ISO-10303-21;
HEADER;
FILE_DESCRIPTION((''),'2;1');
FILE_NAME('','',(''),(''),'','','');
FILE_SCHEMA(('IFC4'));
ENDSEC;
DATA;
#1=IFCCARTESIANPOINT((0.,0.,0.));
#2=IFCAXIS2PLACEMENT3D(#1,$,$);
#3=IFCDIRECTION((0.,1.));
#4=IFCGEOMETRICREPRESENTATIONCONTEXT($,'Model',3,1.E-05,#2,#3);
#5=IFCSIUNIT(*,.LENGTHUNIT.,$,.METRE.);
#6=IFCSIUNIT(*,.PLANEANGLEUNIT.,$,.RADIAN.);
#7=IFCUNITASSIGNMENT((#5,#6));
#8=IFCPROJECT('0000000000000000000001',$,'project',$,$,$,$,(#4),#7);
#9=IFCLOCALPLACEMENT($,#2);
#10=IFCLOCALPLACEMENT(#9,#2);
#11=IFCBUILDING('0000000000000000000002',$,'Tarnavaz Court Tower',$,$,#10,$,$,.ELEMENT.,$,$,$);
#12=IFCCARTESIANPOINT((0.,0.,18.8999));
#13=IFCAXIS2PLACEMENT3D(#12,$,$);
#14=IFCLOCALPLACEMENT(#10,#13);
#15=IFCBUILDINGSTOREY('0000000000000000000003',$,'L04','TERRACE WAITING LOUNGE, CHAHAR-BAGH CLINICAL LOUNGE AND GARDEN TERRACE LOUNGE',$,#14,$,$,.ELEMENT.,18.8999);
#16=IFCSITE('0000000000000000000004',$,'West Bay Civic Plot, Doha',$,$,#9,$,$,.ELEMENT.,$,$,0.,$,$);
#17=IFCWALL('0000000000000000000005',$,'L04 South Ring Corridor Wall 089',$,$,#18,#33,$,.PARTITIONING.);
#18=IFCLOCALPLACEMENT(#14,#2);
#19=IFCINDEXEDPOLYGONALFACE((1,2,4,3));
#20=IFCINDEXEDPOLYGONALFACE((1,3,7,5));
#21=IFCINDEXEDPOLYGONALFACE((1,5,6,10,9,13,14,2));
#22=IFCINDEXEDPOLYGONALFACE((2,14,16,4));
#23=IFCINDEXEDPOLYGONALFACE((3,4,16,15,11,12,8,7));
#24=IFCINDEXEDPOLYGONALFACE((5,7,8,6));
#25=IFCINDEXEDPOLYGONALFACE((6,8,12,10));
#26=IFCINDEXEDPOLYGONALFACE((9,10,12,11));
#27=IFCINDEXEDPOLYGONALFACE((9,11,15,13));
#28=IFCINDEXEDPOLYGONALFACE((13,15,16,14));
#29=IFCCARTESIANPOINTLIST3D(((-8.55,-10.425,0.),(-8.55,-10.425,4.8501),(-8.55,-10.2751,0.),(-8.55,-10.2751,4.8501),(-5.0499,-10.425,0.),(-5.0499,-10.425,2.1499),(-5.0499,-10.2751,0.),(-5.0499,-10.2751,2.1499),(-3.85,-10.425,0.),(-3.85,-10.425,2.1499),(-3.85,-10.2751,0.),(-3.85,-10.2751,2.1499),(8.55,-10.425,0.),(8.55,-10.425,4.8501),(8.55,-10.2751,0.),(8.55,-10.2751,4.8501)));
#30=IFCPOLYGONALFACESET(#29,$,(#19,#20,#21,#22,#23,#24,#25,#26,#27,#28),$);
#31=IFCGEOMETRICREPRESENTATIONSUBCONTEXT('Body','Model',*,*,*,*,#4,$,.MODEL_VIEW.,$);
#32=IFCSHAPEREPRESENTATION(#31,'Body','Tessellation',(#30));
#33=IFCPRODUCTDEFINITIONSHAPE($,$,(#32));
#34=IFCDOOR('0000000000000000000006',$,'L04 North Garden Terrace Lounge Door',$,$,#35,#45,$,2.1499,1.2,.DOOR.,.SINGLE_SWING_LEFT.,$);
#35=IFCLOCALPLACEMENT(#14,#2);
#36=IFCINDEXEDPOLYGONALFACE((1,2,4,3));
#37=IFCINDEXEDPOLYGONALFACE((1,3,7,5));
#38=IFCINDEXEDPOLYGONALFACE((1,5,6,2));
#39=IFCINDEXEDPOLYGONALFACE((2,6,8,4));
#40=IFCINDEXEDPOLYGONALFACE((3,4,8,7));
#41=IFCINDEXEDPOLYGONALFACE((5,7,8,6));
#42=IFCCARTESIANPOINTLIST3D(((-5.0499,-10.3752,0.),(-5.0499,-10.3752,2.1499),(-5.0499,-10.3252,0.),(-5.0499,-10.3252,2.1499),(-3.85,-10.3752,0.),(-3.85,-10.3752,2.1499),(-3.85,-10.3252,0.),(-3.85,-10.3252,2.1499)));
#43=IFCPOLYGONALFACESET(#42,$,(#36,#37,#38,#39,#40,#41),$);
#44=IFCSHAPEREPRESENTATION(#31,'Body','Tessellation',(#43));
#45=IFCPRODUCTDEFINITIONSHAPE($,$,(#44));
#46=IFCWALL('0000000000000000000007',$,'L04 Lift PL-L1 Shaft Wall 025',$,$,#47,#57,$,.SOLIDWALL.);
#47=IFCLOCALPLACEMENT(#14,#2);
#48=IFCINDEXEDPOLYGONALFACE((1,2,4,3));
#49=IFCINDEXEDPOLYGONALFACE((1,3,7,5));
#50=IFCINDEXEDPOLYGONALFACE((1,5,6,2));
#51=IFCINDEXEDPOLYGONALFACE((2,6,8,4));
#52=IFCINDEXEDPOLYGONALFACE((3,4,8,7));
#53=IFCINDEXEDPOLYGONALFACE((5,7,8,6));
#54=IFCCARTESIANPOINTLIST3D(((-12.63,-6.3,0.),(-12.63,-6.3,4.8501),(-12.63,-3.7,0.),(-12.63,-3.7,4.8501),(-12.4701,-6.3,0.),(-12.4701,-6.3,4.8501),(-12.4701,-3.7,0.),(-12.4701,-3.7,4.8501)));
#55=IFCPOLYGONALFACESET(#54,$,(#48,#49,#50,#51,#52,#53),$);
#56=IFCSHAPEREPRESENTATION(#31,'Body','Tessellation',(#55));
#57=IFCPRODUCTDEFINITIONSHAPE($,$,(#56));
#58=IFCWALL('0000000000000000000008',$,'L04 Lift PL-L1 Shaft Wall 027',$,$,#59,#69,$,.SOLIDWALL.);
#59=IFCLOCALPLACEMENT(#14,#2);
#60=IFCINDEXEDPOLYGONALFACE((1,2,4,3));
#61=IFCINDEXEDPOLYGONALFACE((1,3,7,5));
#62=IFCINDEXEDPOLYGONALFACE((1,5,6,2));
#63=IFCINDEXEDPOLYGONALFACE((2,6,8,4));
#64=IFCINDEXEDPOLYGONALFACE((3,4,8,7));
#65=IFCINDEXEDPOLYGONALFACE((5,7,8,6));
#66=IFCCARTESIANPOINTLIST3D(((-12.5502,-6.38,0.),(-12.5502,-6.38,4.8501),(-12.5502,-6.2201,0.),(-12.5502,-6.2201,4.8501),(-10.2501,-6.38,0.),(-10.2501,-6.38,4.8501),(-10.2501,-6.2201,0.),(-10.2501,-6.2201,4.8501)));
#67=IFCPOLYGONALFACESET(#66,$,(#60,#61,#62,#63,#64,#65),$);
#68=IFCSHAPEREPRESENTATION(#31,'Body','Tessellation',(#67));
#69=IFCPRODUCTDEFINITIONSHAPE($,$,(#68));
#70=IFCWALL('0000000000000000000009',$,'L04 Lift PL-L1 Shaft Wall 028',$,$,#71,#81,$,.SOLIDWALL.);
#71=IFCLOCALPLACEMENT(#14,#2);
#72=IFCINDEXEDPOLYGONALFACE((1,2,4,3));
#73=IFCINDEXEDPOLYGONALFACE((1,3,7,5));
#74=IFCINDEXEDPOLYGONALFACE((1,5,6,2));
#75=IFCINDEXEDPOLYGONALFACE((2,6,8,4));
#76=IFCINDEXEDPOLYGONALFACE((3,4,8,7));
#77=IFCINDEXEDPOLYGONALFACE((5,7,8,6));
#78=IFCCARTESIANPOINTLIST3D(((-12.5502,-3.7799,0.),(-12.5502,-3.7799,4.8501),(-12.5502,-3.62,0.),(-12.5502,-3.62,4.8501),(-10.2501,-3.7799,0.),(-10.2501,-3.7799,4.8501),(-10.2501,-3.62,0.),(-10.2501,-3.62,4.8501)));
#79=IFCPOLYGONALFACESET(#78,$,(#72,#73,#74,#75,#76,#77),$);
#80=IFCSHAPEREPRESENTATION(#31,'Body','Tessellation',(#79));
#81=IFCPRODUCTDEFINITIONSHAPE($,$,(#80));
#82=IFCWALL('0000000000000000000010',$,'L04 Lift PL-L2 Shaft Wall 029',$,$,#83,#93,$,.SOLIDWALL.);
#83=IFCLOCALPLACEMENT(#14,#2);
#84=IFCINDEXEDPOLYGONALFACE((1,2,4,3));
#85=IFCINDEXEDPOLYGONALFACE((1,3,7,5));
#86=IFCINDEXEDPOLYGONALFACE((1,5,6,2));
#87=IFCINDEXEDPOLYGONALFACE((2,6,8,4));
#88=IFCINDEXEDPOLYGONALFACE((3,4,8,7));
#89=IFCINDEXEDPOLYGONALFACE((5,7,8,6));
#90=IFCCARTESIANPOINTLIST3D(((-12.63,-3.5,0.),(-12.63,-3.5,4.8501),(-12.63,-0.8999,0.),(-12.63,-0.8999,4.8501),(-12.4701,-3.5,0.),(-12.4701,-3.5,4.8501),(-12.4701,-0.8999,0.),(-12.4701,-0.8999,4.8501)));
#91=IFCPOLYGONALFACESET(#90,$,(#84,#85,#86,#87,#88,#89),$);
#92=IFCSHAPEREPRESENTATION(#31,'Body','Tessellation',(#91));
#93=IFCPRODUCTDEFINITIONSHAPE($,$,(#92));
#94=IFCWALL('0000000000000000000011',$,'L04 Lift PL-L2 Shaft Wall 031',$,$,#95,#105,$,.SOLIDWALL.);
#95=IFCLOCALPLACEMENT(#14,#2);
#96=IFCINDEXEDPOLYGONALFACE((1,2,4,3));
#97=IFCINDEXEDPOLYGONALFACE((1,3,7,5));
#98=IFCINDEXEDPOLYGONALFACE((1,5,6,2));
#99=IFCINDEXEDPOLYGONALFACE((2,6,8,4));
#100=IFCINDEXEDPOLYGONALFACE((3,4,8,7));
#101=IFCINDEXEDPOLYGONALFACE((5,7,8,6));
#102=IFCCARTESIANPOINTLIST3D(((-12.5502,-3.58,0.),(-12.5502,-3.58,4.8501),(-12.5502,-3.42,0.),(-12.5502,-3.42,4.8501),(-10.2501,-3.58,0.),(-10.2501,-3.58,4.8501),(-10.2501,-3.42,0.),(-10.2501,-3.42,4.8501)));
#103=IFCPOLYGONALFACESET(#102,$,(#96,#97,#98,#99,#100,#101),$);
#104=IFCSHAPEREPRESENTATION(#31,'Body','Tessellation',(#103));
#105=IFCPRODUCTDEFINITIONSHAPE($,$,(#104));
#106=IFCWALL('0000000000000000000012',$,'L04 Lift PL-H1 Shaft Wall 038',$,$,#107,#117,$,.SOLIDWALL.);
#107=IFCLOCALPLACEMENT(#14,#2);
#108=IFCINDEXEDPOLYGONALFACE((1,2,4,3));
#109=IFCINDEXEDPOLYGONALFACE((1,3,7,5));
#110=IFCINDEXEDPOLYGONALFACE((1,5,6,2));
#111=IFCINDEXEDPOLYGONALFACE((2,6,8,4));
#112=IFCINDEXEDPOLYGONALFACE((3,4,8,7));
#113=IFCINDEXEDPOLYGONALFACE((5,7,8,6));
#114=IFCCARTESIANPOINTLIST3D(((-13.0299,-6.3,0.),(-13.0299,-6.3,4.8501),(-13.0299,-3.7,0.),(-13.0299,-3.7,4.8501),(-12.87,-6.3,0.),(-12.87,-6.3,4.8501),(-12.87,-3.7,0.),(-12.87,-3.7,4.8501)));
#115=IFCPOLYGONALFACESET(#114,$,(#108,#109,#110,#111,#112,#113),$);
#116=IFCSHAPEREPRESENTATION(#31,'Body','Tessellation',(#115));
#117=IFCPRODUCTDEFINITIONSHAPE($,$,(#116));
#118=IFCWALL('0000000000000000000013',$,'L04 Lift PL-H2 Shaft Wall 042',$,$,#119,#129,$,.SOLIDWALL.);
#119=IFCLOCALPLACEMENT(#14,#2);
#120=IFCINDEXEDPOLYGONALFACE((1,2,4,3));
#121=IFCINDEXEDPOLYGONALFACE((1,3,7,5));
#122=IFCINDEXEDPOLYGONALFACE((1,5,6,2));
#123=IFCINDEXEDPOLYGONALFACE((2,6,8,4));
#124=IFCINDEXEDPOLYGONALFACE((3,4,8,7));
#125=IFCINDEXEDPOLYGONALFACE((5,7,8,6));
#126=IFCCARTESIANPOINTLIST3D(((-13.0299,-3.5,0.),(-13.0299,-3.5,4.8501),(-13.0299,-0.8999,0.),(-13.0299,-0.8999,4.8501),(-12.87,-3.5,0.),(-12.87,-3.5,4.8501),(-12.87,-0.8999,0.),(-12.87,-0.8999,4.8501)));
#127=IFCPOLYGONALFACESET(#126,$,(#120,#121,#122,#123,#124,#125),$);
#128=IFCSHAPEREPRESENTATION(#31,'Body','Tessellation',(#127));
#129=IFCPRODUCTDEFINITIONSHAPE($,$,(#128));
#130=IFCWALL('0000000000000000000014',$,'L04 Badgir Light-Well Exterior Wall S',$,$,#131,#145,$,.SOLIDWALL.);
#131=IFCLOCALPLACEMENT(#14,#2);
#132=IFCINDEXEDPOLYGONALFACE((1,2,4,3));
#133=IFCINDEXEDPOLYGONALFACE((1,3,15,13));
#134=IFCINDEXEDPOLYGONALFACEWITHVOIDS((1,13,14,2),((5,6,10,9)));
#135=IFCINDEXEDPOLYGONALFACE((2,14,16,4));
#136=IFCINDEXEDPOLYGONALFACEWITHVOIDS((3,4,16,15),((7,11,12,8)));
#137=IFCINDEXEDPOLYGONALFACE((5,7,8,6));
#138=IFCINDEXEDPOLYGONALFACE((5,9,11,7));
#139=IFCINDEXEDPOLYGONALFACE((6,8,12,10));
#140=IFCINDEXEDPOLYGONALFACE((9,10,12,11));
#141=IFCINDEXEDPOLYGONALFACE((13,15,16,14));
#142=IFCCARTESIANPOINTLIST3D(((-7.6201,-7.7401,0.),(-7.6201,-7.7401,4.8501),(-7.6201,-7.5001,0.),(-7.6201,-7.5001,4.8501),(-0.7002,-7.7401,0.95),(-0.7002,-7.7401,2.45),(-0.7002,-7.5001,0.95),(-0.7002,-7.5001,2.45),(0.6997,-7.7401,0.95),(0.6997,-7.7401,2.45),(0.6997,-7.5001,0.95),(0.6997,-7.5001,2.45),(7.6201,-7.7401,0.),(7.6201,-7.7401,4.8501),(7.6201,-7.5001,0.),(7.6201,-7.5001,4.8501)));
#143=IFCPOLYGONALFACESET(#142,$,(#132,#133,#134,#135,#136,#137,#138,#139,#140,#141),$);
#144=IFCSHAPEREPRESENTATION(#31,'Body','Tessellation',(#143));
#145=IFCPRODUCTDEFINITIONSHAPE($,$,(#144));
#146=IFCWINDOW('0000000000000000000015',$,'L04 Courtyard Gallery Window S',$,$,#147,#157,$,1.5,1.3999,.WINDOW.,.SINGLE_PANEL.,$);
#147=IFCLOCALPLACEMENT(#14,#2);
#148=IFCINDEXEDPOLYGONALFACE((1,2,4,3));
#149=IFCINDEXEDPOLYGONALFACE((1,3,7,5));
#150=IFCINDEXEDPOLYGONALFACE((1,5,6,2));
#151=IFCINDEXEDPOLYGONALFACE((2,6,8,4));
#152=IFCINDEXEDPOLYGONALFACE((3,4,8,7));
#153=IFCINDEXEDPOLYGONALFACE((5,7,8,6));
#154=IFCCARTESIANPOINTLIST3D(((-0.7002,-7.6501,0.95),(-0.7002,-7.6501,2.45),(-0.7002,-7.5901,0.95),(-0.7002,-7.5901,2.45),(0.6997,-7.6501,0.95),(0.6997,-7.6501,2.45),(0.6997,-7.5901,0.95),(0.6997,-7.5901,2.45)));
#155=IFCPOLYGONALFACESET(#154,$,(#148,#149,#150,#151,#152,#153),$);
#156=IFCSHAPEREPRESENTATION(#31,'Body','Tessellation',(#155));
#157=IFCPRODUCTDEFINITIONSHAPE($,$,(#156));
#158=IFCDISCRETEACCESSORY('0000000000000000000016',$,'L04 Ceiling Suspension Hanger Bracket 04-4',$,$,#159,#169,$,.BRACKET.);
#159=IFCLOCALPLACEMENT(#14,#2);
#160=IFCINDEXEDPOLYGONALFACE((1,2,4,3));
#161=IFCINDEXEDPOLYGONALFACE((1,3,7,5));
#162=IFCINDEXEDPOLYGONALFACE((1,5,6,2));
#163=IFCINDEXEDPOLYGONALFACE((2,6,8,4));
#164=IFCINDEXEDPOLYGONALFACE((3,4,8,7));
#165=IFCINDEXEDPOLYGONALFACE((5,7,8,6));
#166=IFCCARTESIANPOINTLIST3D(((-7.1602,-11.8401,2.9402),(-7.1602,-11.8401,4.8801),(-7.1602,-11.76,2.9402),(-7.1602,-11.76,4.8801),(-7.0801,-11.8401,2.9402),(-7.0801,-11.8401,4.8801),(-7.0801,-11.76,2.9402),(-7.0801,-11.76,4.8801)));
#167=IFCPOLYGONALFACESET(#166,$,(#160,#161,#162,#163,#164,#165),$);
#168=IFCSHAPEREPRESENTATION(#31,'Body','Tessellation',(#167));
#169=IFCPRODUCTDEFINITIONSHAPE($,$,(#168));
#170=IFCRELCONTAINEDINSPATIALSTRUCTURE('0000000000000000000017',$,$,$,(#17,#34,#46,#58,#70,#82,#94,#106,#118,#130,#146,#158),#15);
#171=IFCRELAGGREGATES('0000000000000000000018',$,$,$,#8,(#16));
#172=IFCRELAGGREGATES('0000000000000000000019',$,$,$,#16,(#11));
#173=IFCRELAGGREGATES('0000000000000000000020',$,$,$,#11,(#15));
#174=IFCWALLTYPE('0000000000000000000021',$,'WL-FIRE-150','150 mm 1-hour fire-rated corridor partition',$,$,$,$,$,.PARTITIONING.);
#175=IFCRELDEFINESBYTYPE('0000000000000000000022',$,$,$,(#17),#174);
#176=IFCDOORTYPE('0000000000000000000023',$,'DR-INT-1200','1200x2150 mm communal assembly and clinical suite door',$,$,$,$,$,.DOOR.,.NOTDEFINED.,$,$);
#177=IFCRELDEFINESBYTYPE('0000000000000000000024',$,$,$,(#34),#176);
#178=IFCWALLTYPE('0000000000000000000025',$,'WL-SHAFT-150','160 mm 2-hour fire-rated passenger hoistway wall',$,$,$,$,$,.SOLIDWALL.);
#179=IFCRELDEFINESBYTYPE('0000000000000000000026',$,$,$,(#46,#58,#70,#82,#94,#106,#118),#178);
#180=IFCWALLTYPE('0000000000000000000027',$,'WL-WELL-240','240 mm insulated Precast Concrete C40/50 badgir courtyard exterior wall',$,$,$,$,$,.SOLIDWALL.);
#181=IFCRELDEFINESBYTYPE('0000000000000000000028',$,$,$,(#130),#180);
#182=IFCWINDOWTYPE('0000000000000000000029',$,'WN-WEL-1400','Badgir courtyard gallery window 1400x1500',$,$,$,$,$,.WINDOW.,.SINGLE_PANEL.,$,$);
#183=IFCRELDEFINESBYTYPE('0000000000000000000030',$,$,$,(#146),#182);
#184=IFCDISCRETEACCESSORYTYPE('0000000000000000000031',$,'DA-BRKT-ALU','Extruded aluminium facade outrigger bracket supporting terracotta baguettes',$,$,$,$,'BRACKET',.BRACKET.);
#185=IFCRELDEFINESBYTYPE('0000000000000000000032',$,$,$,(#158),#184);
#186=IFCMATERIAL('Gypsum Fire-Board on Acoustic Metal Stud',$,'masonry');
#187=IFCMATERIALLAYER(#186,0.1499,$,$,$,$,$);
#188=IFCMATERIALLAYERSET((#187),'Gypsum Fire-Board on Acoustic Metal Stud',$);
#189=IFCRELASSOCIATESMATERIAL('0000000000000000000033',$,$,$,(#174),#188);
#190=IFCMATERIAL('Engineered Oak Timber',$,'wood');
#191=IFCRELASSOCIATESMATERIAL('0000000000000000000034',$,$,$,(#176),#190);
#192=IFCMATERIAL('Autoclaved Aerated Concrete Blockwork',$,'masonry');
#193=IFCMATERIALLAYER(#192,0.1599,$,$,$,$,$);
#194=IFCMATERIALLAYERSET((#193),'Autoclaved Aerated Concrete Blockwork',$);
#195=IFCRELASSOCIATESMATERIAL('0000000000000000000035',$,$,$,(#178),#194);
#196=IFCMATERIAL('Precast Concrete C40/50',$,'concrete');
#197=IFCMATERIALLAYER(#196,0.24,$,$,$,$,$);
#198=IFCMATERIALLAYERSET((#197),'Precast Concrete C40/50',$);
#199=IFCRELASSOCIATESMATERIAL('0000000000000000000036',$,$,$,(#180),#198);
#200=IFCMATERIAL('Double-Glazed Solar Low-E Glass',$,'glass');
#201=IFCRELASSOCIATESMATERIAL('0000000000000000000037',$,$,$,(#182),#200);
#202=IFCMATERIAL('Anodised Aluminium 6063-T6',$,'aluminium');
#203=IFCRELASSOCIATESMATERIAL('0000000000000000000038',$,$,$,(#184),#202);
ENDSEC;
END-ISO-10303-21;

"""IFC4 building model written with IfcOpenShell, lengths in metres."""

from ifc_helpers import new_model, si_unit, direction, frame, frame_2d, origin, origin_2d, place, context, subcontext, project, spatial, rectangle, extrude, material, layer, layer_set, type_object, element, fill, save


model = new_model("IFC4")

# Units and contexts
model_context = context("Model", 3, precision=1e-05, world=origin(), true_north=direction((0.0, 1.0)))
body_context = subcontext(model_context, "Body", "Model", "MODEL_VIEW")
ifc_project = project(units=[si_unit("LENGTHUNIT", "METRE"), si_unit("PLANEANGLEUNIT", "RADIAN")], contexts=[model_context])

# Site, building, storey
site_placement = place(None, origin())
site = spatial("IfcSite", under=ifc_project, at=site_placement, Name="West Bay Civic Plot, Doha", CompositionType="ELEMENT", RefElevation=0.0)
building_placement = place(site_placement, origin())
building = spatial("IfcBuilding", under=site, at=building_placement, Name="Tarnavaz Court Tower", CompositionType="ELEMENT")
storey_placement = place(building_placement, frame((0.0, 0.0, 18.8999)))
storey = spatial("IfcBuildingStorey", under=building, at=storey_placement, Name="L04", Description="TERRACE WAITING LOUNGE, CHAHAR-BAGH CLINICAL LOUNGE AND GARDEN TERRACE LOUNGE", CompositionType="ELEMENT", Elevation=18.8999)

# Wall, opening, door
ifc_material_1 = material(Name="Gypsum Fire-Board on Acoustic Metal Stud", Category="masonry")
ifc_layer_1 = layer(ifc_material_1, 0.1499)
ifc_layer_set_1 = layer_set([ifc_layer_1], Name="Gypsum Fire-Board on Acoustic Metal Stud")
wall_type_1 = type_object("IfcWallType", Name="WL-FIRE-150", Description="150 mm 1-hour fire-rated corridor partition", PredefinedType="PARTITIONING", material=ifc_layer_set_1)
wall_1_placement = place(storey_placement, frame((-8.55, -10.3501, 0.0), z_axis=(0.0, 0.0, 1.0), x_axis=(1.0, 0.0, 0.0)))
wall_1 = element("IfcWall", 1, at=wall_1_placement, inside=storey, type_object=wall_type_1, Name="L04 South Ring Corridor Wall 089", PredefinedType="PARTITIONING", context=body_context, shape_type="SweptSolid", body=[
    extrude(rectangle(XDim=17.1001, YDim=0.1499, at=frame_2d((8.55, 0.0))), origin(), (0.0, 0.0, 1.0), 4.8501),
])
opening_1_placement = place(wall_1_placement, frame((3.5, 0.0, 0.0)))
opening_1 = element("IfcOpeningElement", 2, at=opening_1_placement, cuts=wall_1, PredefinedType="OPENING", context=body_context, shape_type="SweptSolid", body=[
    extrude(rectangle(XDim=1.2, YDim=2.1499, at=frame_2d((0.6001, 1.075))), frame((0.0, 0.085, 0.0), z_axis=(0.0, -1.0, 0.0), x_axis=(1.0, 0.0, 0.0)), (0.0, 0.0, 1.0), 0.1699),
])
ifc_material_2 = material(Name="Engineered Oak Timber", Category="wood")
door_type_1 = type_object("IfcDoorType", Name="DR-INT-1200", Description="1200x2150 mm communal assembly and clinical suite door", OperationType="NOTDEFINED", PredefinedType="DOOR", material=ifc_material_2)
door_1_placement = place(opening_1_placement, origin())
door_1 = element("IfcDoor", 3, at=door_1_placement, inside=storey, type_object=door_type_1, Name="L04 North Garden Terrace Lounge Door", OperationType="SINGLE_SWING_LEFT", OverallHeight=2.1499, OverallWidth=1.2, PredefinedType="DOOR", context=body_context, shape_type="SweptSolid", body=[
    extrude(rectangle(XDim=1.2, YDim=2.1499, at=frame_2d((0.6001, 1.075))), frame((0.0, 0.0249, 0.0), z_axis=(0.0, -1.0, 0.0), x_axis=(1.0, 0.0, 0.0)), (0.0, 0.0, 1.0), 0.05),
])
fill(opening_1, door_1)

# Wall
ifc_material_3 = material(Name="Autoclaved Aerated Concrete Blockwork", Category="masonry")
ifc_layer_2 = layer(ifc_material_3, 0.1599)
ifc_layer_set_2 = layer_set([ifc_layer_2], Name="Autoclaved Aerated Concrete Blockwork")
wall_type_2 = type_object("IfcWallType", Name="WL-SHAFT-150", Description="160 mm 2-hour fire-rated passenger hoistway wall", PredefinedType="SOLIDWALL", material=ifc_layer_set_2)
wall_2_placement = place(storey_placement, frame((-12.55, -6.3, 0.0), z_axis=(0.0, 0.0, 1.0), x_axis=(0.0, 1.0, 0.0)))
element("IfcWall", 4, at=wall_2_placement, inside=storey, type_object=wall_type_2, Name="L04 Lift PL-L1 Shaft Wall 025", PredefinedType="SOLIDWALL", context=body_context, shape_type="SweptSolid", body=[
    extrude(rectangle(XDim=2.6001, YDim=0.1599, at=frame_2d((1.3, 0.0))), origin(), (0.0, 0.0, 1.0), 4.8501),
])

# Walls
for number, where, z_axis, x_axis, name in (
    (5, (-12.55, -6.3, 0.0), (0.0, 0.0, 1.0), (1.0, 0.0, 0.0), "L04 Lift PL-L1 Shaft Wall 027"),
    (6, (-12.55, -3.7, 0.0), (0.0, 0.0, 1.0), (1.0, 0.0, 0.0), "L04 Lift PL-L1 Shaft Wall 028"),
):
    element("IfcWall", number, at=place(storey_placement, frame(where, z_axis=z_axis, x_axis=x_axis)), inside=storey, type_object=wall_type_2, Name=name, PredefinedType="SOLIDWALL", context=body_context, shape_type="SweptSolid", body=[
        extrude(rectangle(XDim=2.3, YDim=0.1599, at=frame_2d((1.1499, 0.0))), origin(), (0.0, 0.0, 1.0), 4.8501),
    ])
wall_3_placement = place(storey_placement, frame((-12.55, -3.5, 0.0), z_axis=(0.0, 0.0, 1.0), x_axis=(0.0, 1.0, 0.0)))
element("IfcWall", 7, at=wall_3_placement, inside=storey, type_object=wall_type_2, Name="L04 Lift PL-L2 Shaft Wall 029", PredefinedType="SOLIDWALL", context=body_context, shape_type="SweptSolid", body=[
    extrude(rectangle(XDim=2.6001, YDim=0.1599, at=frame_2d((1.3, 0.0))), origin(), (0.0, 0.0, 1.0), 4.8501),
])

# Walls
wall_4_placement = place(storey_placement, frame((-12.55, -3.5, 0.0), z_axis=(0.0, 0.0, 1.0), x_axis=(1.0, 0.0, 0.0)))
element("IfcWall", 8, at=wall_4_placement, inside=storey, type_object=wall_type_2, Name="L04 Lift PL-L2 Shaft Wall 031", PredefinedType="SOLIDWALL", context=body_context, shape_type="SweptSolid", body=[
    extrude(rectangle(XDim=2.3, YDim=0.1599, at=frame_2d((1.1499, 0.0))), origin(), (0.0, 0.0, 1.0), 4.8501),
])
for number, where, z_axis, x_axis, name in (
    (9, (-12.95, -6.3, 0.0), (0.0, 0.0, 1.0), (0.0, 1.0, 0.0), "L04 Lift PL-H1 Shaft Wall 038"),
    (10, (-12.95, -3.5, 0.0), (0.0, 0.0, 1.0), (0.0, 1.0, 0.0), "L04 Lift PL-H2 Shaft Wall 042"),
):
    element("IfcWall", number, at=place(storey_placement, frame(where, z_axis=z_axis, x_axis=x_axis)), inside=storey, type_object=wall_type_2, Name=name, PredefinedType="SOLIDWALL", context=body_context, shape_type="SweptSolid", body=[
        extrude(rectangle(XDim=2.6001, YDim=0.1599, at=frame_2d((1.3, 0.0))), origin(), (0.0, 0.0, 1.0), 4.8501),
    ])

# Wall, opening, window
ifc_material_4 = material(Name="Precast Concrete C40/50", Category="concrete")
ifc_layer_3 = layer(ifc_material_4, 0.24)
ifc_layer_set_3 = layer_set([ifc_layer_3], Name="Precast Concrete C40/50")
wall_type_3 = type_object("IfcWallType", Name="WL-WELL-240", Description="240 mm insulated Precast Concrete C40/50 badgir courtyard exterior wall", PredefinedType="SOLIDWALL", material=ifc_layer_set_3)
wall_5_placement = place(storey_placement, frame((-7.6201, -7.6201, 0.0), z_axis=(0.0, 0.0, 1.0), x_axis=(1.0, 0.0, 0.0)))
wall_5 = element("IfcWall", 11, at=wall_5_placement, inside=storey, type_object=wall_type_3, Name="L04 Badgir Light-Well Exterior Wall S", PredefinedType="SOLIDWALL", context=body_context, shape_type="SweptSolid", body=[
    extrude(rectangle(XDim=15.2402, YDim=0.24, at=frame_2d((7.6201, 0.0))), origin(), (0.0, 0.0, 1.0), 4.8501),
])
opening_2_placement = place(wall_5_placement, frame((6.9199, 0.0, 0.95)))
opening_2 = element("IfcOpeningElement", 12, at=opening_2_placement, cuts=wall_5, PredefinedType="OPENING", context=body_context, shape_type="SweptSolid", body=[
    extrude(rectangle(XDim=1.3999, YDim=1.5, at=frame_2d((0.7, 0.75))), frame((0.0, 0.1299, 0.0), z_axis=(0.0, -1.0, 0.0), x_axis=(1.0, 0.0, 0.0)), (0.0, 0.0, 1.0), 0.26),
])
ifc_material_5 = material(Name="Double-Glazed Solar Low-E Glass", Category="glass")
window_type = type_object("IfcWindowType", Name="WN-WEL-1400", Description="Badgir courtyard gallery window 1400x1500", PartitioningType="SINGLE_PANEL", PredefinedType="WINDOW", material=ifc_material_5)
window_placement = place(opening_2_placement, origin())
window = element("IfcWindow", 13, at=window_placement, inside=storey, type_object=window_type, Name="L04 Courtyard Gallery Window S", OverallHeight=1.5, OverallWidth=1.3999, PartitioningType="SINGLE_PANEL", PredefinedType="WINDOW", context=body_context, shape_type="SweptSolid", body=[
    extrude(rectangle(XDim=1.3999, YDim=1.5, at=frame_2d((0.7, 0.75))), frame((0.0, 0.03, 0.0), z_axis=(0.0, -1.0, 0.0), x_axis=(1.0, 0.0, 0.0)), (0.0, 0.0, 1.0), 0.0601),
])
fill(opening_2, window)

# Discrete accessory
ifc_material_6 = material(Name="Anodised Aluminium 6063-T6", Category="aluminium")
discrete_accessory_type = type_object("IfcDiscreteAccessoryType", Name="DA-BRKT-ALU", Description="Extruded aluminium facade outrigger bracket supporting terracotta baguettes", ElementType="BRACKET", PredefinedType="BRACKET", material=ifc_material_6)
discrete_accessory_placement = place(storey_placement, frame((-7.1201, -11.8, 2.9402), z_axis=(0.0, 0.0, 1.0), x_axis=(1.0, 0.0, 0.0)))
element("IfcDiscreteAccessory", 14, at=discrete_accessory_placement, inside=storey, type_object=discrete_accessory_type, Name="L04 Ceiling Suspension Hanger Bracket 04-4", PredefinedType="BRACKET", context=body_context, shape_type="SweptSolid", body=[
    extrude(rectangle(XDim=0.0801, YDim=0.0801, at=origin_2d()), origin(), (0.0, 0.0, 1.0), 1.9399),
])

save(model, "model.ifc")
